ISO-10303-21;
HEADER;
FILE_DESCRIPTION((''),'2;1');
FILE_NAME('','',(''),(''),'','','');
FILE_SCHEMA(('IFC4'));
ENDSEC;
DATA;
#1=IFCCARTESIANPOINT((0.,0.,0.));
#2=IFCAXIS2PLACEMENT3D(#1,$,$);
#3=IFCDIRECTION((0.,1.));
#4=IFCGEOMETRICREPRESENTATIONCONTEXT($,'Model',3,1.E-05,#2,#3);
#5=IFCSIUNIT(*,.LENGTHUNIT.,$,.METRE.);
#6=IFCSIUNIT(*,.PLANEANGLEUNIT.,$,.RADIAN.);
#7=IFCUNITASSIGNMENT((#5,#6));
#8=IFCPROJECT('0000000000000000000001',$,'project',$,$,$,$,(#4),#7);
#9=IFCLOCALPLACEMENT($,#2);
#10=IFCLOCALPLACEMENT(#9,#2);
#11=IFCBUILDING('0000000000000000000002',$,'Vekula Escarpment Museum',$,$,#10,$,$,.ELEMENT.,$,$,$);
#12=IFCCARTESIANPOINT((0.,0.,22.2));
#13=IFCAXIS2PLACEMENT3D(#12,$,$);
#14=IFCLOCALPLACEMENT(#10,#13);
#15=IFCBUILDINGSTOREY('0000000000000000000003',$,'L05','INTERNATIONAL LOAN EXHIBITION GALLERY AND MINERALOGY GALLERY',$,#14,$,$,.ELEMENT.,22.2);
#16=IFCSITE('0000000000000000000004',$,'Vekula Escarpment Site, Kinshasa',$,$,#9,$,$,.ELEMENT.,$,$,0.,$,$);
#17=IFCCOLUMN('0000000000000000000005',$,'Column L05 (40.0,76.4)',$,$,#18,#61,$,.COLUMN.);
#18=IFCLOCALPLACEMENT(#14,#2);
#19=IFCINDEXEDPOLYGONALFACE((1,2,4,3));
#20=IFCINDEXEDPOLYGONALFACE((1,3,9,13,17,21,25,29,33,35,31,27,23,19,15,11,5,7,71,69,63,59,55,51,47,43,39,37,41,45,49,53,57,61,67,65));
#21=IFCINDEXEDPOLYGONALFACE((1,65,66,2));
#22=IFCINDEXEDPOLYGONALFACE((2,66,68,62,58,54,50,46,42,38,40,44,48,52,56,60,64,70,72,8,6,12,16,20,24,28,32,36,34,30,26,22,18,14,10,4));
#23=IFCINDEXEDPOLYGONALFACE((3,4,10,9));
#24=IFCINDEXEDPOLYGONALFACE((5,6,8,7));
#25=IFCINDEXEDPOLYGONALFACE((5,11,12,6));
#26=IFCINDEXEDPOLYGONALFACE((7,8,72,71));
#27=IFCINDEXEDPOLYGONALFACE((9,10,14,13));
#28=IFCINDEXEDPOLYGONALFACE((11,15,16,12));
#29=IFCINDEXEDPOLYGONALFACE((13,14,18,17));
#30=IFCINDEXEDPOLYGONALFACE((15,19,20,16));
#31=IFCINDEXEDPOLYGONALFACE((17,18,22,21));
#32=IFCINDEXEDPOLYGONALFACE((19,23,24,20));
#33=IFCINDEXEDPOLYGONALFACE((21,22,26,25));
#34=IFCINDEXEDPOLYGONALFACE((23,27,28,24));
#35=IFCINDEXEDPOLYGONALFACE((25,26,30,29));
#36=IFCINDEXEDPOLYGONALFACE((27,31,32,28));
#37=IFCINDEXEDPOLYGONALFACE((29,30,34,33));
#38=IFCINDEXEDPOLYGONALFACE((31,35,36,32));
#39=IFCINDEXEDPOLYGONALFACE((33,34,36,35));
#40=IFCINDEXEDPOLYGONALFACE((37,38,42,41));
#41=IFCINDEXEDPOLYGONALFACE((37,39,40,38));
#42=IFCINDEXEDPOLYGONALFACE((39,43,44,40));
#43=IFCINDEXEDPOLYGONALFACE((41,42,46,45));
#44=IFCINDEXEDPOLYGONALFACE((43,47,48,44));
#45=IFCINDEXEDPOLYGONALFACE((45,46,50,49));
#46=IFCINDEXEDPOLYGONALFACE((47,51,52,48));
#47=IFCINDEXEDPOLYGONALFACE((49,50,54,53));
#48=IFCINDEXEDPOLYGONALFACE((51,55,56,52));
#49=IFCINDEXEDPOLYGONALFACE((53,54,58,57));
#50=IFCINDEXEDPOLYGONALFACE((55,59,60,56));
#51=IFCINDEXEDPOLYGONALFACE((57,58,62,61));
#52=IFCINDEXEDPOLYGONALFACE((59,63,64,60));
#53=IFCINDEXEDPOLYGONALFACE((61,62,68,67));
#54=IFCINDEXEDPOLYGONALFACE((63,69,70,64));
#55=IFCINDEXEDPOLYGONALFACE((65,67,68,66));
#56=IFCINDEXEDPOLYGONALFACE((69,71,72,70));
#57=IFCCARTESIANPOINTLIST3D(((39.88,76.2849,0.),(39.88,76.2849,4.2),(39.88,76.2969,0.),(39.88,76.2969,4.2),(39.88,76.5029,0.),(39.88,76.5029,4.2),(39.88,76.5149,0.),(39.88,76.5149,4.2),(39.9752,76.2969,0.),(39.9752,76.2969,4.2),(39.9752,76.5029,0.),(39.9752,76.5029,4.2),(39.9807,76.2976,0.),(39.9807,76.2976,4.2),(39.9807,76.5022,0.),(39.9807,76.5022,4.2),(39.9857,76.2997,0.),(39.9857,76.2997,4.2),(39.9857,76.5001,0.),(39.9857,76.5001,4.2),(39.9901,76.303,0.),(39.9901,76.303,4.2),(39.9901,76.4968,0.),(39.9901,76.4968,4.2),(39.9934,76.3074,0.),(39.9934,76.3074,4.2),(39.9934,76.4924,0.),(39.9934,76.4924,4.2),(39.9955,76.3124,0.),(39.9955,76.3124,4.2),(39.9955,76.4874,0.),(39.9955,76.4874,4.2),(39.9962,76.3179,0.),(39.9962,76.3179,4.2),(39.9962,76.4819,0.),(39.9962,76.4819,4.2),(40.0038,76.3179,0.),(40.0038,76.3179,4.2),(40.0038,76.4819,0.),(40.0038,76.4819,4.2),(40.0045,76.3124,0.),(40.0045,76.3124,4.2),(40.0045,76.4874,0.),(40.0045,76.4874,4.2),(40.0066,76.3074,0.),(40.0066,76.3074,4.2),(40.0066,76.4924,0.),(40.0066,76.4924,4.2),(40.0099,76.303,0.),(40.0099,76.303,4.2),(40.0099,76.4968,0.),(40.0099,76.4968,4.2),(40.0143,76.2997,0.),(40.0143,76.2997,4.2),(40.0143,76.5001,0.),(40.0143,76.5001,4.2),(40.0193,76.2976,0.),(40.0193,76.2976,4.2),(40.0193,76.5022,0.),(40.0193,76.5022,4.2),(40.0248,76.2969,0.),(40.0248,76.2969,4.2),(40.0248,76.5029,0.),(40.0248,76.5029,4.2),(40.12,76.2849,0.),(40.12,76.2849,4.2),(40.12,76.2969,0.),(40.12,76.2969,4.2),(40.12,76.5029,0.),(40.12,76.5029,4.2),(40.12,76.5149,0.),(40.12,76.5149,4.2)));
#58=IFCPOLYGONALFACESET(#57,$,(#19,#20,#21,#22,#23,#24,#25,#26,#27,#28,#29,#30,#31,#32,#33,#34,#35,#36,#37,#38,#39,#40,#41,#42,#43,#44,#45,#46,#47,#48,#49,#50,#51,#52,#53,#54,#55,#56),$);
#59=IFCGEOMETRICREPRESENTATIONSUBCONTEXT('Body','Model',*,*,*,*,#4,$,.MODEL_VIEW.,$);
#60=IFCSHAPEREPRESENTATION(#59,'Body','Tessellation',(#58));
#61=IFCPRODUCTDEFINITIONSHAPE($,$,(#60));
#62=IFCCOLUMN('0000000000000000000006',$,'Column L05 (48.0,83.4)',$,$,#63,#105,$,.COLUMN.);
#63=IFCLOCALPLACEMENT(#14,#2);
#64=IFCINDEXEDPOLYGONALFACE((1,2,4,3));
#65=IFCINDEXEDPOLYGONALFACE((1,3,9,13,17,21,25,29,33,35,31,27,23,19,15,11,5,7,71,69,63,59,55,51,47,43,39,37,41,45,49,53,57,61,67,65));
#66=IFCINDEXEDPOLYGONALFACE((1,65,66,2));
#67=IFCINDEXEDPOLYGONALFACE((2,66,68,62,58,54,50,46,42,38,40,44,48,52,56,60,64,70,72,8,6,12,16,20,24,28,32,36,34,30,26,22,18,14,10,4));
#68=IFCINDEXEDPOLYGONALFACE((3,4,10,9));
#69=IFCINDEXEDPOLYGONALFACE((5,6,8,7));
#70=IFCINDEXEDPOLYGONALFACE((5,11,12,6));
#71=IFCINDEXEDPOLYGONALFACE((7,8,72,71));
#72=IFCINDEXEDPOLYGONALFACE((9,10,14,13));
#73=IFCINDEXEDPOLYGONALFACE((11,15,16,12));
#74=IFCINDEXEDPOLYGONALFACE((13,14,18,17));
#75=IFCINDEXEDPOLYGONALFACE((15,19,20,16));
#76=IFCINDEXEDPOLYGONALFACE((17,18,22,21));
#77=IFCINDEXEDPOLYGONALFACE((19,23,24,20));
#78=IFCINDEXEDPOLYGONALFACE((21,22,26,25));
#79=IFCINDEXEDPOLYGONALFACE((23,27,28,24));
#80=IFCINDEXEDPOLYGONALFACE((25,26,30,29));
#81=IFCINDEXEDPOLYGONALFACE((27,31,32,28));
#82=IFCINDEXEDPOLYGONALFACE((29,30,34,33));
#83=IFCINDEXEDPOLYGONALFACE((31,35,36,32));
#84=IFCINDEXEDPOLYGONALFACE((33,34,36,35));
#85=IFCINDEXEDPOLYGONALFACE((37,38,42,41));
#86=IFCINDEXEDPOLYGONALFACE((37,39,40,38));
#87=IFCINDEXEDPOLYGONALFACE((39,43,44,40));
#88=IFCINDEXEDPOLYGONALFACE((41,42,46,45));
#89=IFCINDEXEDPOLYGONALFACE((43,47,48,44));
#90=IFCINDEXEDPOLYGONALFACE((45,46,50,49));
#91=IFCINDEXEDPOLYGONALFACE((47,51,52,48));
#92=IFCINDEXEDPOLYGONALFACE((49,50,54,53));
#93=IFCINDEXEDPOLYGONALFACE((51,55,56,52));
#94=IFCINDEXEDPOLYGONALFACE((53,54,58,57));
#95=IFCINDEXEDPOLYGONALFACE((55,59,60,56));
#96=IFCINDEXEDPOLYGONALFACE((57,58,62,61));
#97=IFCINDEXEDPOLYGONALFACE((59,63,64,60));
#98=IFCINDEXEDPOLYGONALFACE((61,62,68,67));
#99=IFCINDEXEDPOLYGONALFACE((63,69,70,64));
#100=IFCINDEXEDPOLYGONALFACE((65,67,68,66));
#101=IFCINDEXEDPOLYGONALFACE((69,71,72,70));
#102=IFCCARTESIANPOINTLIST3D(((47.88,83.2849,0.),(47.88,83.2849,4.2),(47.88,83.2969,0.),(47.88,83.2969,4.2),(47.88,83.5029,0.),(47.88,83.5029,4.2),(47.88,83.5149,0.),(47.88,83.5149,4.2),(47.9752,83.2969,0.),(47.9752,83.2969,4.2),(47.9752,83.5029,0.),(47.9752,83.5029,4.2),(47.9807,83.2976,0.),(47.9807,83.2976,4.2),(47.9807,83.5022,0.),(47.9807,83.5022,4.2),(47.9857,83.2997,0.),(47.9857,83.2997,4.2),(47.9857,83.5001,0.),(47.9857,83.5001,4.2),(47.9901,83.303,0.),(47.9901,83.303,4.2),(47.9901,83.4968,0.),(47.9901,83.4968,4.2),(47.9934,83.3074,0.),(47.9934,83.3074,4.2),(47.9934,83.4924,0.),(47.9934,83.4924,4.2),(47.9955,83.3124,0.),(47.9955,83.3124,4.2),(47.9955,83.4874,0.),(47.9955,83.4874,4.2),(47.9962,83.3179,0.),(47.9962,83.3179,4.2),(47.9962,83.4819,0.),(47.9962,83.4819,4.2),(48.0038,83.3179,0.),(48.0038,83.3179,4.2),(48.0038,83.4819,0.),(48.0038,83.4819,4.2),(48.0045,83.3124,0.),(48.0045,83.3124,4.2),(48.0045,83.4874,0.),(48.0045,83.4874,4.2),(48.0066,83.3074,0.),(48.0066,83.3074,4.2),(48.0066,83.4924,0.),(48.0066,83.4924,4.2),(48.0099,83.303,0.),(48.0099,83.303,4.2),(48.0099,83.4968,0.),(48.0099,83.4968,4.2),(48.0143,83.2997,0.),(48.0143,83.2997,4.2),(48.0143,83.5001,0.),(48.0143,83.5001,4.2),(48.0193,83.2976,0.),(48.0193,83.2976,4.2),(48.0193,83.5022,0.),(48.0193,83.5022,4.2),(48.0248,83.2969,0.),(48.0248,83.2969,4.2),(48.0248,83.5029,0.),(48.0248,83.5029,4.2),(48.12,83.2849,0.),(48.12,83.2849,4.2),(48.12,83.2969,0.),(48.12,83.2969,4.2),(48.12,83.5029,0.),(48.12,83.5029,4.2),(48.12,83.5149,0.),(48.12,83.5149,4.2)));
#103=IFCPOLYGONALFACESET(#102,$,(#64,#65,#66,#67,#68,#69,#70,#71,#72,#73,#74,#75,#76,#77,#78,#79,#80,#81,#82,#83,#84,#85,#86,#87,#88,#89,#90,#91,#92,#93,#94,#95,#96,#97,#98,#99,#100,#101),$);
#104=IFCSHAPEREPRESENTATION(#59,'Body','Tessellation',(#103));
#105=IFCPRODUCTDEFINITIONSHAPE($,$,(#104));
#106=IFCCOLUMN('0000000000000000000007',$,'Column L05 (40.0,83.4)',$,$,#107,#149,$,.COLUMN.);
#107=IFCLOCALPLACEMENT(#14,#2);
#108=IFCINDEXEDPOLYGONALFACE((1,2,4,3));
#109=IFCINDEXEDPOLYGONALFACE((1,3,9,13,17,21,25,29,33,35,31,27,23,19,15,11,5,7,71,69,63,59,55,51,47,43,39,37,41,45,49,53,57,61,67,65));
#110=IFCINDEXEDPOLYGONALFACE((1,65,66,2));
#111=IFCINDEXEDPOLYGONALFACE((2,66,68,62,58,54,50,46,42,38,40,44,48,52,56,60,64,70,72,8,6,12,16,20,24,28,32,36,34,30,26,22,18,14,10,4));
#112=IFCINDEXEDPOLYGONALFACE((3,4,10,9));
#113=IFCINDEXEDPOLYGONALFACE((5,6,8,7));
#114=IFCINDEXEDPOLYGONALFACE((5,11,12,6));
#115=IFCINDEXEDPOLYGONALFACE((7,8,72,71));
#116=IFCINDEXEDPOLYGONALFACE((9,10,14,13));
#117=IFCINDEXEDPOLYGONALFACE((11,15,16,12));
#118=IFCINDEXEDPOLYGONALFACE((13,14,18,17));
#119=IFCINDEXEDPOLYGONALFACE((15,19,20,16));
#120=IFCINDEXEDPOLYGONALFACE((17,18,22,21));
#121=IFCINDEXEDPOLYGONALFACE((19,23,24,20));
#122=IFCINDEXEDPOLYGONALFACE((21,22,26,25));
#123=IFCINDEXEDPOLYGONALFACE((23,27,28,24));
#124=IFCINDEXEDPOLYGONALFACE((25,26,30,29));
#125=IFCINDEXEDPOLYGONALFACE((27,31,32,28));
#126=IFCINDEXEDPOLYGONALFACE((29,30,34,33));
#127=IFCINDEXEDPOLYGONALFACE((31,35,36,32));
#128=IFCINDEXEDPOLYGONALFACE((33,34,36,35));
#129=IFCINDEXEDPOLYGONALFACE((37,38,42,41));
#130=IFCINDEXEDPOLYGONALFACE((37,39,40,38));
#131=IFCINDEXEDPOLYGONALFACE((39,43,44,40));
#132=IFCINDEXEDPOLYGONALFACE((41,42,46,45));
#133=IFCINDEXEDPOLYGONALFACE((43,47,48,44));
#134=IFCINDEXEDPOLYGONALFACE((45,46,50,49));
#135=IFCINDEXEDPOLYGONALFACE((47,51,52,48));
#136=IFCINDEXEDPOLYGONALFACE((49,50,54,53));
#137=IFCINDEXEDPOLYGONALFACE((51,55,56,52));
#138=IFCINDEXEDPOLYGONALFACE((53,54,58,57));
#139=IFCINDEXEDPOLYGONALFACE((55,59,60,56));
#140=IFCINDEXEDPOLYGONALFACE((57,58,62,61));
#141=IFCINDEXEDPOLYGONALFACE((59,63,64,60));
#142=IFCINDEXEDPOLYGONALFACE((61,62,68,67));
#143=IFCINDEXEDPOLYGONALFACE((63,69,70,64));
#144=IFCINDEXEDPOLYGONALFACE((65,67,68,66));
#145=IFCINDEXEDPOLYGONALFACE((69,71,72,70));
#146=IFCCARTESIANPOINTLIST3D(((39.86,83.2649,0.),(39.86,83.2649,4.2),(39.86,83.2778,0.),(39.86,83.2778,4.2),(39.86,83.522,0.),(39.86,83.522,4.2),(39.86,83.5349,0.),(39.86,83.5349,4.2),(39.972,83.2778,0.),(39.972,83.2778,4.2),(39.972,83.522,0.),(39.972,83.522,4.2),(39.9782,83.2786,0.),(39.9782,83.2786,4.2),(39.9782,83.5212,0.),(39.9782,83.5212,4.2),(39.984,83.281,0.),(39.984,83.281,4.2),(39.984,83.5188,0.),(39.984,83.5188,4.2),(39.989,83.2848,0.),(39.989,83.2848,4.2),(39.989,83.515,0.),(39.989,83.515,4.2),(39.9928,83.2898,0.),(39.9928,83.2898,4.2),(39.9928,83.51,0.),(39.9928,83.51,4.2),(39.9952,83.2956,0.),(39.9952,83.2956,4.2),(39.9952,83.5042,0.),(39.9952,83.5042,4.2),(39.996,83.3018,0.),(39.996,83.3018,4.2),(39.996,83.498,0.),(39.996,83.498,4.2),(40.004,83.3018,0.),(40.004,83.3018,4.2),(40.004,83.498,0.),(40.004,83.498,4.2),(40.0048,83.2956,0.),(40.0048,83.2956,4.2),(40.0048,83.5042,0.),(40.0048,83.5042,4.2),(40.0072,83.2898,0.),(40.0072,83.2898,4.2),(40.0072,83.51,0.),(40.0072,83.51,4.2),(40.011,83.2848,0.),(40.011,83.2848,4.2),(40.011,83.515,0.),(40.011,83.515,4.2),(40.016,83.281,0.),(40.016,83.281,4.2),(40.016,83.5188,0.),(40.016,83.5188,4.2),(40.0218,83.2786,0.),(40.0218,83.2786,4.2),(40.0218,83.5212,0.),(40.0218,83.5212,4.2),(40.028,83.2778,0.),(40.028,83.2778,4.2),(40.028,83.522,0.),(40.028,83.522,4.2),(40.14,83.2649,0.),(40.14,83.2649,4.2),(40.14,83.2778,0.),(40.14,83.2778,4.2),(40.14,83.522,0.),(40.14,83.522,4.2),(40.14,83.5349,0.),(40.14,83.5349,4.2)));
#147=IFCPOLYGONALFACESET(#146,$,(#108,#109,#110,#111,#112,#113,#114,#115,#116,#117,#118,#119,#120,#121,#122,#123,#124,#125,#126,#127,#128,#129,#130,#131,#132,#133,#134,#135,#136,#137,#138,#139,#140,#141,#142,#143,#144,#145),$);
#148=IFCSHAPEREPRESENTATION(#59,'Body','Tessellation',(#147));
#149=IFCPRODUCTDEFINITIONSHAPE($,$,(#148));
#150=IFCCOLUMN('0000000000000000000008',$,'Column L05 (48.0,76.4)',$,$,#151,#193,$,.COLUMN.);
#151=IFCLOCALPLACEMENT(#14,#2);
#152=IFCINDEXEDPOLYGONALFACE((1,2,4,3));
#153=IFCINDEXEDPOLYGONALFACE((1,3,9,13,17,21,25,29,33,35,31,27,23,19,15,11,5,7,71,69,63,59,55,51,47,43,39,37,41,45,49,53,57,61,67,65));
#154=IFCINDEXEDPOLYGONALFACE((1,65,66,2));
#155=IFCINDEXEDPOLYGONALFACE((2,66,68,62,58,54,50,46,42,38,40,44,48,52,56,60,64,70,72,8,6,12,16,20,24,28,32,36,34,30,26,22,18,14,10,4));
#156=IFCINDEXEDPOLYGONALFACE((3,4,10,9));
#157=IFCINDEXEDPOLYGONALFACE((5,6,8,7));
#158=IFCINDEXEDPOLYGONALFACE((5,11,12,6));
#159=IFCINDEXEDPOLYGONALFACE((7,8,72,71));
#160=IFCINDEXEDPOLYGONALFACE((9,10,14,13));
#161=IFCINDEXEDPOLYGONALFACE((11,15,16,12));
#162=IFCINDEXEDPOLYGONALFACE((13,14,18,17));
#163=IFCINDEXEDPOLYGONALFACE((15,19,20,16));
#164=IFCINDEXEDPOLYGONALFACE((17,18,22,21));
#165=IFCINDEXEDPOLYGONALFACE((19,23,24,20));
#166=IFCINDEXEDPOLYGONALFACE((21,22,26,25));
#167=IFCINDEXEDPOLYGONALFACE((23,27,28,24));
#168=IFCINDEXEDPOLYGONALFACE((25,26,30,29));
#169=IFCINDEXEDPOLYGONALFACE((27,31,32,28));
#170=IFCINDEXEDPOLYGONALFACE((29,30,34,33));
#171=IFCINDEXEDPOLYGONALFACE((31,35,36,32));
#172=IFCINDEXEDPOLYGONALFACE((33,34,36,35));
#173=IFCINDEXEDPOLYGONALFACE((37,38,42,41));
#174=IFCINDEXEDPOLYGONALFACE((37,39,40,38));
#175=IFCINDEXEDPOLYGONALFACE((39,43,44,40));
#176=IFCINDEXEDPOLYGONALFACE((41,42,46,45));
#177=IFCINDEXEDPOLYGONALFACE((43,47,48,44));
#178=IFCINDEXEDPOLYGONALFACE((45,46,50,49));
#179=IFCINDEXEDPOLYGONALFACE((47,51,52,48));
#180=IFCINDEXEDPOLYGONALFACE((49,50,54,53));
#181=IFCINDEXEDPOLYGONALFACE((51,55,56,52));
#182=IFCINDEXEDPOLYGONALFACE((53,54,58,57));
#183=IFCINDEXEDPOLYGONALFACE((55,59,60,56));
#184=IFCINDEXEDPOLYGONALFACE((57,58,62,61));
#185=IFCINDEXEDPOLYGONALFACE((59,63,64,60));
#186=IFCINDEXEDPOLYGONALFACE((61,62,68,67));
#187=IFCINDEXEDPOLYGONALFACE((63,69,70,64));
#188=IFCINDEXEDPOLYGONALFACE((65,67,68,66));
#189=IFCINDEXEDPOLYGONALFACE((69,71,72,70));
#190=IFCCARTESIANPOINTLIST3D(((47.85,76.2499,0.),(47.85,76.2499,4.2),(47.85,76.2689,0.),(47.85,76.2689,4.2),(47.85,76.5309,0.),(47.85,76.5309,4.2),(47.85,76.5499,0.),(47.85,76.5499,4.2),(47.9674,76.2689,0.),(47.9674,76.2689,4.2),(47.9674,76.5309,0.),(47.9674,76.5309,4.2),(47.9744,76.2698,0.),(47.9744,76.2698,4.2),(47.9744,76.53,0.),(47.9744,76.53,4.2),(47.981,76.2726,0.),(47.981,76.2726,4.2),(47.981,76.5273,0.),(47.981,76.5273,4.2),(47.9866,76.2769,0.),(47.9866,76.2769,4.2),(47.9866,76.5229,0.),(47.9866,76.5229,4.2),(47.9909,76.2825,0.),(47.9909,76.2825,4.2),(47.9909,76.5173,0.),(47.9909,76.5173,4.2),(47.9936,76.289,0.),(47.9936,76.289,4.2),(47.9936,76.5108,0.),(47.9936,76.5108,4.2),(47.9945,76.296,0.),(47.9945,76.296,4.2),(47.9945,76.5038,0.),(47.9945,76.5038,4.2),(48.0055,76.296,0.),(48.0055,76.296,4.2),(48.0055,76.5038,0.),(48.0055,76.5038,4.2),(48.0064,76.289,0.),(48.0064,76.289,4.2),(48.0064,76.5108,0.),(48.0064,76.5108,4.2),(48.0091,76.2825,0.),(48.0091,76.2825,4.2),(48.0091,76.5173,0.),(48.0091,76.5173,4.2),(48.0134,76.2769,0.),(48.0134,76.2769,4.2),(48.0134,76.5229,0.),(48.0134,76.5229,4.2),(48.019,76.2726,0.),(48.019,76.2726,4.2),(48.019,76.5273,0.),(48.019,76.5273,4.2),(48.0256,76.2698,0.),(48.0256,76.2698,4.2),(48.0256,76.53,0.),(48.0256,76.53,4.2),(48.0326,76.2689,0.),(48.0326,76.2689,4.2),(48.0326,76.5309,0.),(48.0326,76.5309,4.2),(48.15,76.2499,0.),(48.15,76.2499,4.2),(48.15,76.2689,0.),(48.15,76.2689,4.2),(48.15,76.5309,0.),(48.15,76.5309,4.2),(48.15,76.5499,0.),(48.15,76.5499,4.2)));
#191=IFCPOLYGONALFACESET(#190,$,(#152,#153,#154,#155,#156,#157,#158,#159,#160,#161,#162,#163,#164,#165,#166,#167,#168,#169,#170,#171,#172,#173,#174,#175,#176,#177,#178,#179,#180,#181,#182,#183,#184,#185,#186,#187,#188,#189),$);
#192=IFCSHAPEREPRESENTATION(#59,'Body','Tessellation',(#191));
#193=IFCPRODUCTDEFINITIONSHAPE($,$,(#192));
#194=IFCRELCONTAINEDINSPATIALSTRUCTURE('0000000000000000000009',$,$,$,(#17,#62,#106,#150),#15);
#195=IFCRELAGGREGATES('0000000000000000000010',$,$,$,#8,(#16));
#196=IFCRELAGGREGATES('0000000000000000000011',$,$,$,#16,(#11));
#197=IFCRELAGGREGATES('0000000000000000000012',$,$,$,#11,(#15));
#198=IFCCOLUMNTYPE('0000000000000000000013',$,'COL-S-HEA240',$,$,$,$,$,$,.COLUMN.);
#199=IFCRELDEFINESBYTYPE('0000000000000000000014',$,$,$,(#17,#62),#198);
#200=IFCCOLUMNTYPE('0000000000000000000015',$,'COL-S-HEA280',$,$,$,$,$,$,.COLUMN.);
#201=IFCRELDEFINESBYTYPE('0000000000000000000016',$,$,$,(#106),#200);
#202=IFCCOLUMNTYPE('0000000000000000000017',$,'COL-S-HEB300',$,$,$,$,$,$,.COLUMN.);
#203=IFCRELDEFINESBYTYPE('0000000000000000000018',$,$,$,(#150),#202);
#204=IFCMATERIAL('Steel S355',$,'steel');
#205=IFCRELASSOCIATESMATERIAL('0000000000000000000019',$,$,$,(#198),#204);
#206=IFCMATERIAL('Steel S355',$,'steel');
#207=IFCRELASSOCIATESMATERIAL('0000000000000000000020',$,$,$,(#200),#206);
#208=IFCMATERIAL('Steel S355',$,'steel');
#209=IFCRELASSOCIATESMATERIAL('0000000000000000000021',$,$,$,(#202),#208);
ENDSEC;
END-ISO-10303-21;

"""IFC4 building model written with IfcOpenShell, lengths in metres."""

from ifc_helpers import new_model, si_unit, direction, frame, origin, origin_2d, place, context, subcontext, project, spatial, i_section, extrude, material, material_profile, profile_set, type_object, element, save


model = new_model("IFC4")

# Units and contexts
model_context = context("Model", 3, precision=1e-05, world=origin(), true_north=direction((0.0, 1.0)))
body_context = subcontext(model_context, "Body", "Model", "MODEL_VIEW")
ifc_project = project(units=[si_unit("LENGTHUNIT", "METRE"), si_unit("PLANEANGLEUNIT", "RADIAN")], contexts=[model_context])

# Site, building, storey
site_placement = place(None, origin())
site = spatial("IfcSite", under=ifc_project, at=site_placement, Name="Vekula Escarpment Site, Kinshasa", CompositionType="ELEMENT", RefElevation=0.0)
building_placement = place(site_placement, origin())
building = spatial("IfcBuilding", under=site, at=building_placement, Name="Vekula Escarpment Museum", CompositionType="ELEMENT")
storey_placement = place(building_placement, frame((0.0, 0.0, 22.2)))
storey = spatial("IfcBuildingStorey", under=building, at=storey_placement, Name="L05", Description="INTERNATIONAL LOAN EXHIBITION GALLERY AND MINERALOGY GALLERY", CompositionType="ELEMENT", Elevation=22.2)

# Columns
ifc_material_1 = material(Name="Steel S355", Category="steel")
ifc_material_profile_1 = material_profile(ifc_material_1, i_section(OverallWidth=0.24, OverallDepth=0.23, WebThickness=0.0076, FlangeThickness=0.012, FilletRadius=0.021, at=origin_2d()), Name="HEA 240")
ifc_profile_set_1 = profile_set([ifc_material_profile_1], Name="Steel S355")
column_type_1 = type_object("IfcColumnType", Name="COL-S-HEA240", PredefinedType="COLUMN", material=ifc_profile_set_1)
for number, where, z_axis, x_axis, name in (
    (1, (40.0, 76.3999, 0.0), (0.0, 0.0, 1.0), (1.0, 0.0, 0.0), "Column L05 (40.0,76.4)"),
    (2, (48.0, 83.3999, 0.0), (0.0, 0.0, 1.0), (1.0, 0.0, 0.0), "Column L05 (48.0,83.4)"),
):
    element("IfcColumn", number, at=place(storey_placement, frame(where, z_axis=z_axis, x_axis=x_axis)), inside=storey, type_object=column_type_1, Name=name, PredefinedType="COLUMN", context=body_context, shape_type="SweptSolid", body=[
        extrude(i_section(OverallWidth=0.24, OverallDepth=0.23, WebThickness=0.0076, FlangeThickness=0.012, FilletRadius=0.021, at=origin_2d()), origin(), (0.0, 0.0, 1.0), 4.2),
    ])
ifc_material_2 = material(Name="Steel S355", Category="steel")
ifc_material_profile_2 = material_profile(ifc_material_2, i_section(OverallWidth=0.28, OverallDepth=0.27, WebThickness=0.0081, FlangeThickness=0.0129, FilletRadius=0.0239, at=origin_2d()), Name="HEA 280")
ifc_profile_set_2 = profile_set([ifc_material_profile_2], Name="Steel S355")
column_type_2 = type_object("IfcColumnType", Name="COL-S-HEA280", PredefinedType="COLUMN", material=ifc_profile_set_2)
column_1_placement = place(storey_placement, frame((40.0, 83.3999, 0.0), z_axis=(0.0, 0.0, 1.0), x_axis=(1.0, 0.0, 0.0)))
element("IfcColumn", 3, at=column_1_placement, inside=storey, type_object=column_type_2, Name="Column L05 (40.0,83.4)", PredefinedType="COLUMN", context=body_context, shape_type="SweptSolid", body=[
    extrude(i_section(OverallWidth=0.28, OverallDepth=0.27, WebThickness=0.0081, FlangeThickness=0.0129, FilletRadius=0.0239, at=origin_2d()), origin(), (0.0, 0.0, 1.0), 4.2),
])
ifc_material_3 = material(Name="Steel S355", Category="steel")
ifc_material_profile_3 = material_profile(ifc_material_3, i_section(OverallWidth=0.3, OverallDepth=0.3, WebThickness=0.011, FlangeThickness=0.019, FilletRadius=0.0271, at=origin_2d()), Name="HEB 300")
ifc_profile_set_3 = profile_set([ifc_material_profile_3], Name="Steel S355")
column_type_3 = type_object("IfcColumnType", Name="COL-S-HEB300", PredefinedType="COLUMN", material=ifc_profile_set_3)
column_2_placement = place(storey_placement, frame((48.0, 76.3999, 0.0), z_axis=(0.0, 0.0, 1.0), x_axis=(1.0, 0.0, 0.0)))
element("IfcColumn", 4, at=column_2_placement, inside=storey, type_object=column_type_3, Name="Column L05 (48.0,76.4)", PredefinedType="COLUMN", context=body_context, shape_type="SweptSolid", body=[
    extrude(i_section(OverallWidth=0.3, OverallDepth=0.3, WebThickness=0.011, FlangeThickness=0.019, FilletRadius=0.0271, at=origin_2d()), origin(), (0.0, 0.0, 1.0), 4.2),
])

save(model, "model.ifc")
